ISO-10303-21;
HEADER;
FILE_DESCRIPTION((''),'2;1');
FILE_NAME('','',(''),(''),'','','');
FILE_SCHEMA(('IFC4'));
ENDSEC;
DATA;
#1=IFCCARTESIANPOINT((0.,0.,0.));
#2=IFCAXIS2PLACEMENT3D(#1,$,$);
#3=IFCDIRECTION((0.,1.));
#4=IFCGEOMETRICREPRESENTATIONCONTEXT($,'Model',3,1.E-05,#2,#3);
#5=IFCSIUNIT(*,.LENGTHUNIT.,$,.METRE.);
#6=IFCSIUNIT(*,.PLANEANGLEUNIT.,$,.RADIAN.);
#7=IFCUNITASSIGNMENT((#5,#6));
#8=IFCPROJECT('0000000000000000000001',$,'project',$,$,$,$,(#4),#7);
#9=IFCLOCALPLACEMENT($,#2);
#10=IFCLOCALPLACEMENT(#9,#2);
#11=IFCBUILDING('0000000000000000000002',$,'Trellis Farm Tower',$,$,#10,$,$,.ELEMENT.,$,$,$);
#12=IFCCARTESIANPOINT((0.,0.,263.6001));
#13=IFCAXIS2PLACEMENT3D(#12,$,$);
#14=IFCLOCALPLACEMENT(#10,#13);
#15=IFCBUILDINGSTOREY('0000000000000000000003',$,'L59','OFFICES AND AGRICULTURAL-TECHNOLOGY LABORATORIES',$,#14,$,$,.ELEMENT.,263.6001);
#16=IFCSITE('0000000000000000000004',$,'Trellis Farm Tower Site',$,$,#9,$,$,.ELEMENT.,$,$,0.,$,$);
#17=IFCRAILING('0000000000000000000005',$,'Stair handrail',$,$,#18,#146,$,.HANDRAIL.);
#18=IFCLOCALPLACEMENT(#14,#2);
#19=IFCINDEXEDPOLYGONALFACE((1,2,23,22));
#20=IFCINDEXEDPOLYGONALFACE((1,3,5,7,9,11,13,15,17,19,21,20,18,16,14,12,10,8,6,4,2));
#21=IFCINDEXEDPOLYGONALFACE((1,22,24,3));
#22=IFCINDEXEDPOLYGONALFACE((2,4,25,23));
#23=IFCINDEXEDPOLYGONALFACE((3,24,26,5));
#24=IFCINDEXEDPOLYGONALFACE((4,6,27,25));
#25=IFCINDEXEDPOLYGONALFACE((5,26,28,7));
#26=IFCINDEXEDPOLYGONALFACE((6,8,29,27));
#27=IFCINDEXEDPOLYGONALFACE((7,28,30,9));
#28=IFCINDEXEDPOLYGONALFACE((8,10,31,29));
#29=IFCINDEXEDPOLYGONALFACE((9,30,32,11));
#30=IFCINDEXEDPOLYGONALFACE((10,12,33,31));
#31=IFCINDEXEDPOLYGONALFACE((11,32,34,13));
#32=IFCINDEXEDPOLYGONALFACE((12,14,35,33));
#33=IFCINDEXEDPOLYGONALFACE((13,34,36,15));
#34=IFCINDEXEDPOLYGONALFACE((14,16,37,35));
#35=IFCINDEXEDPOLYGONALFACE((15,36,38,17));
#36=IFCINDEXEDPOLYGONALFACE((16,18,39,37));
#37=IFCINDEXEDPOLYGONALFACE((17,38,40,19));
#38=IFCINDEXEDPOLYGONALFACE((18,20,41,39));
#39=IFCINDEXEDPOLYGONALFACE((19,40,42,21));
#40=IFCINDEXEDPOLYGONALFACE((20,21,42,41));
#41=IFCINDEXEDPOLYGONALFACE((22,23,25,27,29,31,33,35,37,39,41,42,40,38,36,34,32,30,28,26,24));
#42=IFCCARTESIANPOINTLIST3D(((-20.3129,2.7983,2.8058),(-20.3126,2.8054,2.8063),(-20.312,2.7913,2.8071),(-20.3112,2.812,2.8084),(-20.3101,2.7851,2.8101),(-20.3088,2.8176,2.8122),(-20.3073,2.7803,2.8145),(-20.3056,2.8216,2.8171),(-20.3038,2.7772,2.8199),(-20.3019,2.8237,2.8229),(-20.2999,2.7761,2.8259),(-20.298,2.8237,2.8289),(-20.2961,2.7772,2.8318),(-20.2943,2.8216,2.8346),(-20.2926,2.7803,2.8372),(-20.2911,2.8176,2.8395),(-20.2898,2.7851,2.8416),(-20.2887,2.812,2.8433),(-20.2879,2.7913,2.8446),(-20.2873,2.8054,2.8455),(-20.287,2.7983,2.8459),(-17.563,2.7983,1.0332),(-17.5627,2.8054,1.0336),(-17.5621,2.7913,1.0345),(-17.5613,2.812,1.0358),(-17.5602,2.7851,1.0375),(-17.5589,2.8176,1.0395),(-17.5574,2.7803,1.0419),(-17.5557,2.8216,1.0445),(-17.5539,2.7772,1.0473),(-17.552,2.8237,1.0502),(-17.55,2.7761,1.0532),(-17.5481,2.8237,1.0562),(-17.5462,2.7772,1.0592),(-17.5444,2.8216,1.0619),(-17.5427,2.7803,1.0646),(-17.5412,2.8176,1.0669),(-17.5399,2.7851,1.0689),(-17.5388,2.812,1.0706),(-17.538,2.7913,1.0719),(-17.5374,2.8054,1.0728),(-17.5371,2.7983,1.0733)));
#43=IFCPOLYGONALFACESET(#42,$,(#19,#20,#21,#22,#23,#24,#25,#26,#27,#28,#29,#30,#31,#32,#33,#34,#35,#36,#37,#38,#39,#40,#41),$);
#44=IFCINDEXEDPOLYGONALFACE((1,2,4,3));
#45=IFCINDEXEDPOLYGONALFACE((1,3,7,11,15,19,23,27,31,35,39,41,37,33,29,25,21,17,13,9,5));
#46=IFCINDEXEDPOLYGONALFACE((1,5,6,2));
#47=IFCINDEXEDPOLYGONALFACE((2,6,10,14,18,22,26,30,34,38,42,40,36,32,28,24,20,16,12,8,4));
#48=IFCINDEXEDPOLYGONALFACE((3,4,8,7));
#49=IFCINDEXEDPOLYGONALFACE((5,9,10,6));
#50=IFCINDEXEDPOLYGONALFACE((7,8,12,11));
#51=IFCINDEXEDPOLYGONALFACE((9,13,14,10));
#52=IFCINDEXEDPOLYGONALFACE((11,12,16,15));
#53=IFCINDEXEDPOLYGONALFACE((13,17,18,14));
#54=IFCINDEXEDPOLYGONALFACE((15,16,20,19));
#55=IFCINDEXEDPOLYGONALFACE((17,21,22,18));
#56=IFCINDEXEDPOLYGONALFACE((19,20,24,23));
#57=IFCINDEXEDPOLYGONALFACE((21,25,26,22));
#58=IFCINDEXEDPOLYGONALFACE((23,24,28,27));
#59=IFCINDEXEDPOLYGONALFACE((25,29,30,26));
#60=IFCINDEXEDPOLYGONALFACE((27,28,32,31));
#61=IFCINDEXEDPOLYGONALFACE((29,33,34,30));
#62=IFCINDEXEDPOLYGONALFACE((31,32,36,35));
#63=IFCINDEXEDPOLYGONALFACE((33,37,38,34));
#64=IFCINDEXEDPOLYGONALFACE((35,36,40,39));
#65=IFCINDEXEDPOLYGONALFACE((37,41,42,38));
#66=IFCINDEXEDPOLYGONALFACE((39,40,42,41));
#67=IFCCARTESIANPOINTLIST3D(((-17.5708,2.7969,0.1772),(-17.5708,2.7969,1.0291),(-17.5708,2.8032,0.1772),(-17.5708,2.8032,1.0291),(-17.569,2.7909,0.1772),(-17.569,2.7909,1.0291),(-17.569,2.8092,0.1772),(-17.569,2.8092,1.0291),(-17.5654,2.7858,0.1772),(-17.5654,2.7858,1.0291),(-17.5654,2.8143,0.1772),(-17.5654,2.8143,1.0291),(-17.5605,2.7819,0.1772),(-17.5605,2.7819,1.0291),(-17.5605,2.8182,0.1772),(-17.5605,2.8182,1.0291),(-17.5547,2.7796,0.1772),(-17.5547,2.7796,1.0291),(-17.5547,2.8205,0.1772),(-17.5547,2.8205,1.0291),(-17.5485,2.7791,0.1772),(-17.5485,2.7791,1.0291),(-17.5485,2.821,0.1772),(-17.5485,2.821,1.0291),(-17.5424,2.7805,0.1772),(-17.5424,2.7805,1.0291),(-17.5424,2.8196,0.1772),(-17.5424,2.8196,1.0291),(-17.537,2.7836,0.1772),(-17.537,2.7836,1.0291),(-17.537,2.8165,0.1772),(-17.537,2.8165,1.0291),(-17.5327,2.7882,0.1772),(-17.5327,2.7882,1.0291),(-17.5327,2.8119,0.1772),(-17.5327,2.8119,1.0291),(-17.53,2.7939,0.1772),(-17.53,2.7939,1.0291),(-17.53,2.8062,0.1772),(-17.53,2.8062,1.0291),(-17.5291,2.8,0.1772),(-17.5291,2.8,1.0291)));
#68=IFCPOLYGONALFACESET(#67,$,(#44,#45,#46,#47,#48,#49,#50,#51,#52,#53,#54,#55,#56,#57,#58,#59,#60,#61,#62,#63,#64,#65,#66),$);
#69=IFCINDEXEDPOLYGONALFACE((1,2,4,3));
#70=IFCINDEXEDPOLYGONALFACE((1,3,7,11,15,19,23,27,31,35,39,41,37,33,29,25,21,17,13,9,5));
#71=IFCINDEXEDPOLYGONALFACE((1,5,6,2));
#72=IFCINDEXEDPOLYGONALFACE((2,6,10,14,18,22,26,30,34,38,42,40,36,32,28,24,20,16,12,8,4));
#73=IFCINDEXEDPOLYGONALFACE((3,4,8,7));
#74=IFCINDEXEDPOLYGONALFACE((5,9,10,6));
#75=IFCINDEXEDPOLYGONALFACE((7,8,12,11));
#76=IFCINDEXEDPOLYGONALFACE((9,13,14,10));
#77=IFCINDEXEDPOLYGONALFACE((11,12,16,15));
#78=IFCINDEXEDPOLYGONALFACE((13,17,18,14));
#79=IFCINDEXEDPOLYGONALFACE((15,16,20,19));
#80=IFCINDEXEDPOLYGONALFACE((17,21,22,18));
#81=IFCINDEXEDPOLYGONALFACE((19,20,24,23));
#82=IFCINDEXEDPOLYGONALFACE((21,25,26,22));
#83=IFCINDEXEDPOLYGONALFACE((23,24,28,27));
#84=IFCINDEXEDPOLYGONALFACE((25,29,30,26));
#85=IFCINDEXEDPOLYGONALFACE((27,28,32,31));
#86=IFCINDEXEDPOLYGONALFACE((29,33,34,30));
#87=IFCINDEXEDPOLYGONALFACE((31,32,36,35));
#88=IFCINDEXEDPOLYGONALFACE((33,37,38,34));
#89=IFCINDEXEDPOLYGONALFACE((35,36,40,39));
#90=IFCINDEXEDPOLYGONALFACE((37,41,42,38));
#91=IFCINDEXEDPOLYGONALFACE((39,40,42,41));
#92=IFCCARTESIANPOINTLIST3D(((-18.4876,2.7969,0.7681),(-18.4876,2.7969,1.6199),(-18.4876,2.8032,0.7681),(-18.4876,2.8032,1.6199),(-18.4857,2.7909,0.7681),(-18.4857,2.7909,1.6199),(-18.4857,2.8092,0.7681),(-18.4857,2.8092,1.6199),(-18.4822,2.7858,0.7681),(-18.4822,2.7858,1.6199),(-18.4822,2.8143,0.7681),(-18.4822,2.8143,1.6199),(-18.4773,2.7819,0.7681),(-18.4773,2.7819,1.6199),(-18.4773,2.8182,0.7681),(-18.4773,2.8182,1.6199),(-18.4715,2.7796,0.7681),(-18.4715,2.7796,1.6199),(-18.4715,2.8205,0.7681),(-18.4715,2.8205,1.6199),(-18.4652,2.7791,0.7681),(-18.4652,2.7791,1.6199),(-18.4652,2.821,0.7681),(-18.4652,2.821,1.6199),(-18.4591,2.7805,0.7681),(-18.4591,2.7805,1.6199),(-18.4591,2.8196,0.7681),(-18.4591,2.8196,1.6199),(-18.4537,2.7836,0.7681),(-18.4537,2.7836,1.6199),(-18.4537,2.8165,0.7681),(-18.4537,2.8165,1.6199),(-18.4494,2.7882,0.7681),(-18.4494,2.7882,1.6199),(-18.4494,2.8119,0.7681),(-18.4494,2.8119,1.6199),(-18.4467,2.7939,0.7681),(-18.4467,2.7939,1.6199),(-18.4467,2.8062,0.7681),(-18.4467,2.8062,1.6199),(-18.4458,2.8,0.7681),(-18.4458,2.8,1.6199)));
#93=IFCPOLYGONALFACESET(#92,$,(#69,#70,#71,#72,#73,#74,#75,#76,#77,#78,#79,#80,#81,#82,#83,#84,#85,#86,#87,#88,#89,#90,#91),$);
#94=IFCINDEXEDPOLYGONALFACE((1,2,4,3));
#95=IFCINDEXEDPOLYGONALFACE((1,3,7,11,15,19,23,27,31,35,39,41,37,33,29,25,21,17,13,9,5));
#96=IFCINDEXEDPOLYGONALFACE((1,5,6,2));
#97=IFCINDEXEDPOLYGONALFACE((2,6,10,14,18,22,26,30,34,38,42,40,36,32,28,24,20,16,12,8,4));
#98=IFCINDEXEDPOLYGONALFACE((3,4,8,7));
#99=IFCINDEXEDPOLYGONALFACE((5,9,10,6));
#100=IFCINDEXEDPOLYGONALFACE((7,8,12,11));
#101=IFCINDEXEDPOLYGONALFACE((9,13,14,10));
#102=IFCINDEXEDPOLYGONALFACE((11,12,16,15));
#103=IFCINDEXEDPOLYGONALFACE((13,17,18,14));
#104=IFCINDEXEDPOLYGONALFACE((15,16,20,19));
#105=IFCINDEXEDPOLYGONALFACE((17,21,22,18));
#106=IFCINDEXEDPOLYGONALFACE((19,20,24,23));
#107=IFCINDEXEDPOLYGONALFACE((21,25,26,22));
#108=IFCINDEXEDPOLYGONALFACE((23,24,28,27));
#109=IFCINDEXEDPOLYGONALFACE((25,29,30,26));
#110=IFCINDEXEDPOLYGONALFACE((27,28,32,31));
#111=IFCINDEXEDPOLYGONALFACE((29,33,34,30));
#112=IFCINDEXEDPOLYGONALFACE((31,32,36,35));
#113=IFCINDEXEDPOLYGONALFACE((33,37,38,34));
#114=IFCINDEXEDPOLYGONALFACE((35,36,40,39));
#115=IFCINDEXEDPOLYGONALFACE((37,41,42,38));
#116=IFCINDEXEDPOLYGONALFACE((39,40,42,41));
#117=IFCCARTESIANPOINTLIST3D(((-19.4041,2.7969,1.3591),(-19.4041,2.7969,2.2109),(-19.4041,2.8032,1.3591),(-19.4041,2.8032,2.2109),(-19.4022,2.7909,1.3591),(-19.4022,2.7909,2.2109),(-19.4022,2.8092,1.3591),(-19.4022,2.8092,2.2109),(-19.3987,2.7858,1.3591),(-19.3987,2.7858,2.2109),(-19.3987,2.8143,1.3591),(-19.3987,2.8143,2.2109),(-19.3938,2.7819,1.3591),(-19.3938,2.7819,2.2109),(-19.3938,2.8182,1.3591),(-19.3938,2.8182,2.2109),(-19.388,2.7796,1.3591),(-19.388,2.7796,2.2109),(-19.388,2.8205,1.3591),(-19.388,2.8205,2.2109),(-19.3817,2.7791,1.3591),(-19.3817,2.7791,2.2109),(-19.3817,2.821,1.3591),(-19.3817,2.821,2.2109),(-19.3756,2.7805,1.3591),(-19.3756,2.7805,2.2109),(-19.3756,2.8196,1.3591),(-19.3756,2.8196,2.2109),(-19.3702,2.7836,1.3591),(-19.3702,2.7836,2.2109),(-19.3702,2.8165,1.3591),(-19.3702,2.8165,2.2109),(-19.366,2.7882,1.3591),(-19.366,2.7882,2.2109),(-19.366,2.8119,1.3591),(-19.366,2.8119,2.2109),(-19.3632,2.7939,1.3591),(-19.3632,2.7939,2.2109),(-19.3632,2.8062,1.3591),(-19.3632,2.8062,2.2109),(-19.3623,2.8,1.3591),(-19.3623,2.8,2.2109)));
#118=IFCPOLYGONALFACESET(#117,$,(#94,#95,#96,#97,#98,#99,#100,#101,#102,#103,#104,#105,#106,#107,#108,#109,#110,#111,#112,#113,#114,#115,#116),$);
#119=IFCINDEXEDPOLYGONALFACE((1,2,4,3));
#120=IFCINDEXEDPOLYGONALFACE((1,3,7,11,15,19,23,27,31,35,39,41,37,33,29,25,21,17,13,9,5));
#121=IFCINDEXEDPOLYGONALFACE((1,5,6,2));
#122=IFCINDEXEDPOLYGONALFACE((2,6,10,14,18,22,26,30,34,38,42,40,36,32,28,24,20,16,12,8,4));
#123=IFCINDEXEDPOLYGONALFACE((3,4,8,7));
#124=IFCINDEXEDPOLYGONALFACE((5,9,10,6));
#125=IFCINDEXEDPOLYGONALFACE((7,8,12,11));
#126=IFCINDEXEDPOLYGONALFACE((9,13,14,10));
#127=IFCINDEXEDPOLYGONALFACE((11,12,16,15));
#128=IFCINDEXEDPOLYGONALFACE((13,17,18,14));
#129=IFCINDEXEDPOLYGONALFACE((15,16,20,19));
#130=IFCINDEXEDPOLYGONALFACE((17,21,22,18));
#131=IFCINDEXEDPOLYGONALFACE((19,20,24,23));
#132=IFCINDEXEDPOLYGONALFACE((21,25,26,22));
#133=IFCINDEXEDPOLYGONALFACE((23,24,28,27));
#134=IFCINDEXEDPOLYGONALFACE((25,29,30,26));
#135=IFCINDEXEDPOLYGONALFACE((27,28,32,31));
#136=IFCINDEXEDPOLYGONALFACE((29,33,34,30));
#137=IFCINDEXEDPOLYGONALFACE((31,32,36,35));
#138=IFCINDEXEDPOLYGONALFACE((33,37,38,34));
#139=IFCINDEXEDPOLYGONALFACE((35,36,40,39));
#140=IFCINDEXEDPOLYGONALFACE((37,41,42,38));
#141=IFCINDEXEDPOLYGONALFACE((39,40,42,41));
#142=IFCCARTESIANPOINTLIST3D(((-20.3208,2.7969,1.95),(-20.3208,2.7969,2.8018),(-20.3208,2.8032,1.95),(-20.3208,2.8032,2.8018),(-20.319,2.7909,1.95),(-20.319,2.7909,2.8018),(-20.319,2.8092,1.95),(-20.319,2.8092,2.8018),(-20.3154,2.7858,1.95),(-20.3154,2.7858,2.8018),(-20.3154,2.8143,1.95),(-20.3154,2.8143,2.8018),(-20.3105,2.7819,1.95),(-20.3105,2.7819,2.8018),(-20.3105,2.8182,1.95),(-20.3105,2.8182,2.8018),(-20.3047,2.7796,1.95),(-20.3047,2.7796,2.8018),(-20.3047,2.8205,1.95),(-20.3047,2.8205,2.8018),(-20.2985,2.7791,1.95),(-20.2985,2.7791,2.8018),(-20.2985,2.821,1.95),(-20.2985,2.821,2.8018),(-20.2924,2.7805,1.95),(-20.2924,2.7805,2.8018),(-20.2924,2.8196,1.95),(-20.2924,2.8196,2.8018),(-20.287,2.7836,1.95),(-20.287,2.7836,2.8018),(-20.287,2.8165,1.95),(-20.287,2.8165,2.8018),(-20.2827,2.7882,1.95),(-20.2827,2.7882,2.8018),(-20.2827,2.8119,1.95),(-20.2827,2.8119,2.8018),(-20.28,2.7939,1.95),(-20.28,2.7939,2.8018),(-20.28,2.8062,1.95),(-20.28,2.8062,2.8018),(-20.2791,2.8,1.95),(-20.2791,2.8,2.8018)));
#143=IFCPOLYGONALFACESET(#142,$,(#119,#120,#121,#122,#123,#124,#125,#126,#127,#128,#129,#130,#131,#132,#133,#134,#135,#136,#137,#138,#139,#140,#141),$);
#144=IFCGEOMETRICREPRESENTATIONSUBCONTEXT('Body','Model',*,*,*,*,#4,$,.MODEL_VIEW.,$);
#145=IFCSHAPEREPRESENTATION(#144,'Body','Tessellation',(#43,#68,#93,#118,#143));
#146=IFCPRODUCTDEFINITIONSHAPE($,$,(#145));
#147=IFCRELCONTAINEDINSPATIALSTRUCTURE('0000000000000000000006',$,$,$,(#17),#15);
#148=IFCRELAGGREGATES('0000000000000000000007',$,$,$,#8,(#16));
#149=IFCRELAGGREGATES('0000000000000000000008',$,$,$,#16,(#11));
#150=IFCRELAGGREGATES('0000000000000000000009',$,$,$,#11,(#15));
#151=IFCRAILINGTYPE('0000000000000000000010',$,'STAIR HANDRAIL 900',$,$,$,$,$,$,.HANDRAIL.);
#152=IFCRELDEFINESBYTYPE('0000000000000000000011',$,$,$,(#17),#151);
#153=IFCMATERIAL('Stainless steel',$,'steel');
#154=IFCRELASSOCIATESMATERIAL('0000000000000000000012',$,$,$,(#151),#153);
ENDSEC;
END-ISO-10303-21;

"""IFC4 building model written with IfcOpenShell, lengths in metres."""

from ifc_helpers import new_model, si_unit, direction, frame, origin, origin_2d, place, context, subcontext, project, spatial, circle, extrude, source, transform, mapped, material, type_object, element, save


model = new_model("IFC4")

# Units and contexts
model_context = context("Model", 3, precision=1e-05, world=origin(), true_north=direction((0.0, 1.0)))
body_context = subcontext(model_context, "Body", "Model", "MODEL_VIEW")
ifc_project = project(units=[si_unit("LENGTHUNIT", "METRE"), si_unit("PLANEANGLEUNIT", "RADIAN")], contexts=[model_context])

# Site, building, storey
site_placement = place(None, origin())
site = spatial("IfcSite", under=ifc_project, at=site_placement, Name="Trellis Farm Tower Site", CompositionType="ELEMENT", RefElevation=0.0)
building_placement = place(site_placement, origin())
building = spatial("IfcBuilding", under=site, at=building_placement, Name="Trellis Farm Tower", CompositionType="ELEMENT")
storey_placement = place(building_placement, frame((0.0, 0.0, 263.6001)))
storey = spatial("IfcBuildingStorey", under=building, at=storey_placement, Name="L59", Description="OFFICES AND AGRICULTURAL-TECHNOLOGY LABORATORIES", CompositionType="ELEMENT", Elevation=263.6001)

# Railing
ifc_material_1 = material(Name="Stainless steel", Category="steel")
railing_type = type_object("IfcRailingType", Name="STAIR HANDRAIL 900", PredefinedType="HANDRAIL", material=ifc_material_1)
shared_shape_1 = source(origin(), body_context, "Body", "SweptSolid", [
    extrude(circle(Radius=0.0239, at=origin_2d()), frame((0.0, 0.0, 0.876), z_axis=(-0.840504, 0.0, 0.541806), x_axis=(0.0, -1.0, 0.0)), (0.0, 0.0, 1.0), 3.2717),
    extrude(circle(Radius=0.021, at=origin_2d()), origin(), (0.0, 0.0, 1.0), 0.8518),
    extrude(circle(Radius=0.021, at=origin_2d()), frame((-0.9167, 0.0, 0.5908)), (0.0, 0.0, 1.0), 0.8518),
    extrude(circle(Radius=0.021, at=origin_2d()), frame((-1.8333, 0.0, 1.1819)), (0.0, 0.0, 1.0), 0.8518),
    extrude(circle(Radius=0.021, at=origin_2d()), frame((-2.75, 0.0, 1.7727)), (0.0, 0.0, 1.0), 0.8518),
])
for number, where, name in (
    (1, (-17.55, 2.8, 0.1772), "Stair handrail"),
):
    element("IfcRailing", number, at=place(storey_placement, frame(where)), inside=storey, type_object=railing_type, Name=name, PredefinedType="HANDRAIL", context=body_context, shape_type="MappedRepresentation", body=[
        mapped(shared_shape_1, transform((0.0, 0.0, 0.0))),
    ])

save(model, "model.ifc")
